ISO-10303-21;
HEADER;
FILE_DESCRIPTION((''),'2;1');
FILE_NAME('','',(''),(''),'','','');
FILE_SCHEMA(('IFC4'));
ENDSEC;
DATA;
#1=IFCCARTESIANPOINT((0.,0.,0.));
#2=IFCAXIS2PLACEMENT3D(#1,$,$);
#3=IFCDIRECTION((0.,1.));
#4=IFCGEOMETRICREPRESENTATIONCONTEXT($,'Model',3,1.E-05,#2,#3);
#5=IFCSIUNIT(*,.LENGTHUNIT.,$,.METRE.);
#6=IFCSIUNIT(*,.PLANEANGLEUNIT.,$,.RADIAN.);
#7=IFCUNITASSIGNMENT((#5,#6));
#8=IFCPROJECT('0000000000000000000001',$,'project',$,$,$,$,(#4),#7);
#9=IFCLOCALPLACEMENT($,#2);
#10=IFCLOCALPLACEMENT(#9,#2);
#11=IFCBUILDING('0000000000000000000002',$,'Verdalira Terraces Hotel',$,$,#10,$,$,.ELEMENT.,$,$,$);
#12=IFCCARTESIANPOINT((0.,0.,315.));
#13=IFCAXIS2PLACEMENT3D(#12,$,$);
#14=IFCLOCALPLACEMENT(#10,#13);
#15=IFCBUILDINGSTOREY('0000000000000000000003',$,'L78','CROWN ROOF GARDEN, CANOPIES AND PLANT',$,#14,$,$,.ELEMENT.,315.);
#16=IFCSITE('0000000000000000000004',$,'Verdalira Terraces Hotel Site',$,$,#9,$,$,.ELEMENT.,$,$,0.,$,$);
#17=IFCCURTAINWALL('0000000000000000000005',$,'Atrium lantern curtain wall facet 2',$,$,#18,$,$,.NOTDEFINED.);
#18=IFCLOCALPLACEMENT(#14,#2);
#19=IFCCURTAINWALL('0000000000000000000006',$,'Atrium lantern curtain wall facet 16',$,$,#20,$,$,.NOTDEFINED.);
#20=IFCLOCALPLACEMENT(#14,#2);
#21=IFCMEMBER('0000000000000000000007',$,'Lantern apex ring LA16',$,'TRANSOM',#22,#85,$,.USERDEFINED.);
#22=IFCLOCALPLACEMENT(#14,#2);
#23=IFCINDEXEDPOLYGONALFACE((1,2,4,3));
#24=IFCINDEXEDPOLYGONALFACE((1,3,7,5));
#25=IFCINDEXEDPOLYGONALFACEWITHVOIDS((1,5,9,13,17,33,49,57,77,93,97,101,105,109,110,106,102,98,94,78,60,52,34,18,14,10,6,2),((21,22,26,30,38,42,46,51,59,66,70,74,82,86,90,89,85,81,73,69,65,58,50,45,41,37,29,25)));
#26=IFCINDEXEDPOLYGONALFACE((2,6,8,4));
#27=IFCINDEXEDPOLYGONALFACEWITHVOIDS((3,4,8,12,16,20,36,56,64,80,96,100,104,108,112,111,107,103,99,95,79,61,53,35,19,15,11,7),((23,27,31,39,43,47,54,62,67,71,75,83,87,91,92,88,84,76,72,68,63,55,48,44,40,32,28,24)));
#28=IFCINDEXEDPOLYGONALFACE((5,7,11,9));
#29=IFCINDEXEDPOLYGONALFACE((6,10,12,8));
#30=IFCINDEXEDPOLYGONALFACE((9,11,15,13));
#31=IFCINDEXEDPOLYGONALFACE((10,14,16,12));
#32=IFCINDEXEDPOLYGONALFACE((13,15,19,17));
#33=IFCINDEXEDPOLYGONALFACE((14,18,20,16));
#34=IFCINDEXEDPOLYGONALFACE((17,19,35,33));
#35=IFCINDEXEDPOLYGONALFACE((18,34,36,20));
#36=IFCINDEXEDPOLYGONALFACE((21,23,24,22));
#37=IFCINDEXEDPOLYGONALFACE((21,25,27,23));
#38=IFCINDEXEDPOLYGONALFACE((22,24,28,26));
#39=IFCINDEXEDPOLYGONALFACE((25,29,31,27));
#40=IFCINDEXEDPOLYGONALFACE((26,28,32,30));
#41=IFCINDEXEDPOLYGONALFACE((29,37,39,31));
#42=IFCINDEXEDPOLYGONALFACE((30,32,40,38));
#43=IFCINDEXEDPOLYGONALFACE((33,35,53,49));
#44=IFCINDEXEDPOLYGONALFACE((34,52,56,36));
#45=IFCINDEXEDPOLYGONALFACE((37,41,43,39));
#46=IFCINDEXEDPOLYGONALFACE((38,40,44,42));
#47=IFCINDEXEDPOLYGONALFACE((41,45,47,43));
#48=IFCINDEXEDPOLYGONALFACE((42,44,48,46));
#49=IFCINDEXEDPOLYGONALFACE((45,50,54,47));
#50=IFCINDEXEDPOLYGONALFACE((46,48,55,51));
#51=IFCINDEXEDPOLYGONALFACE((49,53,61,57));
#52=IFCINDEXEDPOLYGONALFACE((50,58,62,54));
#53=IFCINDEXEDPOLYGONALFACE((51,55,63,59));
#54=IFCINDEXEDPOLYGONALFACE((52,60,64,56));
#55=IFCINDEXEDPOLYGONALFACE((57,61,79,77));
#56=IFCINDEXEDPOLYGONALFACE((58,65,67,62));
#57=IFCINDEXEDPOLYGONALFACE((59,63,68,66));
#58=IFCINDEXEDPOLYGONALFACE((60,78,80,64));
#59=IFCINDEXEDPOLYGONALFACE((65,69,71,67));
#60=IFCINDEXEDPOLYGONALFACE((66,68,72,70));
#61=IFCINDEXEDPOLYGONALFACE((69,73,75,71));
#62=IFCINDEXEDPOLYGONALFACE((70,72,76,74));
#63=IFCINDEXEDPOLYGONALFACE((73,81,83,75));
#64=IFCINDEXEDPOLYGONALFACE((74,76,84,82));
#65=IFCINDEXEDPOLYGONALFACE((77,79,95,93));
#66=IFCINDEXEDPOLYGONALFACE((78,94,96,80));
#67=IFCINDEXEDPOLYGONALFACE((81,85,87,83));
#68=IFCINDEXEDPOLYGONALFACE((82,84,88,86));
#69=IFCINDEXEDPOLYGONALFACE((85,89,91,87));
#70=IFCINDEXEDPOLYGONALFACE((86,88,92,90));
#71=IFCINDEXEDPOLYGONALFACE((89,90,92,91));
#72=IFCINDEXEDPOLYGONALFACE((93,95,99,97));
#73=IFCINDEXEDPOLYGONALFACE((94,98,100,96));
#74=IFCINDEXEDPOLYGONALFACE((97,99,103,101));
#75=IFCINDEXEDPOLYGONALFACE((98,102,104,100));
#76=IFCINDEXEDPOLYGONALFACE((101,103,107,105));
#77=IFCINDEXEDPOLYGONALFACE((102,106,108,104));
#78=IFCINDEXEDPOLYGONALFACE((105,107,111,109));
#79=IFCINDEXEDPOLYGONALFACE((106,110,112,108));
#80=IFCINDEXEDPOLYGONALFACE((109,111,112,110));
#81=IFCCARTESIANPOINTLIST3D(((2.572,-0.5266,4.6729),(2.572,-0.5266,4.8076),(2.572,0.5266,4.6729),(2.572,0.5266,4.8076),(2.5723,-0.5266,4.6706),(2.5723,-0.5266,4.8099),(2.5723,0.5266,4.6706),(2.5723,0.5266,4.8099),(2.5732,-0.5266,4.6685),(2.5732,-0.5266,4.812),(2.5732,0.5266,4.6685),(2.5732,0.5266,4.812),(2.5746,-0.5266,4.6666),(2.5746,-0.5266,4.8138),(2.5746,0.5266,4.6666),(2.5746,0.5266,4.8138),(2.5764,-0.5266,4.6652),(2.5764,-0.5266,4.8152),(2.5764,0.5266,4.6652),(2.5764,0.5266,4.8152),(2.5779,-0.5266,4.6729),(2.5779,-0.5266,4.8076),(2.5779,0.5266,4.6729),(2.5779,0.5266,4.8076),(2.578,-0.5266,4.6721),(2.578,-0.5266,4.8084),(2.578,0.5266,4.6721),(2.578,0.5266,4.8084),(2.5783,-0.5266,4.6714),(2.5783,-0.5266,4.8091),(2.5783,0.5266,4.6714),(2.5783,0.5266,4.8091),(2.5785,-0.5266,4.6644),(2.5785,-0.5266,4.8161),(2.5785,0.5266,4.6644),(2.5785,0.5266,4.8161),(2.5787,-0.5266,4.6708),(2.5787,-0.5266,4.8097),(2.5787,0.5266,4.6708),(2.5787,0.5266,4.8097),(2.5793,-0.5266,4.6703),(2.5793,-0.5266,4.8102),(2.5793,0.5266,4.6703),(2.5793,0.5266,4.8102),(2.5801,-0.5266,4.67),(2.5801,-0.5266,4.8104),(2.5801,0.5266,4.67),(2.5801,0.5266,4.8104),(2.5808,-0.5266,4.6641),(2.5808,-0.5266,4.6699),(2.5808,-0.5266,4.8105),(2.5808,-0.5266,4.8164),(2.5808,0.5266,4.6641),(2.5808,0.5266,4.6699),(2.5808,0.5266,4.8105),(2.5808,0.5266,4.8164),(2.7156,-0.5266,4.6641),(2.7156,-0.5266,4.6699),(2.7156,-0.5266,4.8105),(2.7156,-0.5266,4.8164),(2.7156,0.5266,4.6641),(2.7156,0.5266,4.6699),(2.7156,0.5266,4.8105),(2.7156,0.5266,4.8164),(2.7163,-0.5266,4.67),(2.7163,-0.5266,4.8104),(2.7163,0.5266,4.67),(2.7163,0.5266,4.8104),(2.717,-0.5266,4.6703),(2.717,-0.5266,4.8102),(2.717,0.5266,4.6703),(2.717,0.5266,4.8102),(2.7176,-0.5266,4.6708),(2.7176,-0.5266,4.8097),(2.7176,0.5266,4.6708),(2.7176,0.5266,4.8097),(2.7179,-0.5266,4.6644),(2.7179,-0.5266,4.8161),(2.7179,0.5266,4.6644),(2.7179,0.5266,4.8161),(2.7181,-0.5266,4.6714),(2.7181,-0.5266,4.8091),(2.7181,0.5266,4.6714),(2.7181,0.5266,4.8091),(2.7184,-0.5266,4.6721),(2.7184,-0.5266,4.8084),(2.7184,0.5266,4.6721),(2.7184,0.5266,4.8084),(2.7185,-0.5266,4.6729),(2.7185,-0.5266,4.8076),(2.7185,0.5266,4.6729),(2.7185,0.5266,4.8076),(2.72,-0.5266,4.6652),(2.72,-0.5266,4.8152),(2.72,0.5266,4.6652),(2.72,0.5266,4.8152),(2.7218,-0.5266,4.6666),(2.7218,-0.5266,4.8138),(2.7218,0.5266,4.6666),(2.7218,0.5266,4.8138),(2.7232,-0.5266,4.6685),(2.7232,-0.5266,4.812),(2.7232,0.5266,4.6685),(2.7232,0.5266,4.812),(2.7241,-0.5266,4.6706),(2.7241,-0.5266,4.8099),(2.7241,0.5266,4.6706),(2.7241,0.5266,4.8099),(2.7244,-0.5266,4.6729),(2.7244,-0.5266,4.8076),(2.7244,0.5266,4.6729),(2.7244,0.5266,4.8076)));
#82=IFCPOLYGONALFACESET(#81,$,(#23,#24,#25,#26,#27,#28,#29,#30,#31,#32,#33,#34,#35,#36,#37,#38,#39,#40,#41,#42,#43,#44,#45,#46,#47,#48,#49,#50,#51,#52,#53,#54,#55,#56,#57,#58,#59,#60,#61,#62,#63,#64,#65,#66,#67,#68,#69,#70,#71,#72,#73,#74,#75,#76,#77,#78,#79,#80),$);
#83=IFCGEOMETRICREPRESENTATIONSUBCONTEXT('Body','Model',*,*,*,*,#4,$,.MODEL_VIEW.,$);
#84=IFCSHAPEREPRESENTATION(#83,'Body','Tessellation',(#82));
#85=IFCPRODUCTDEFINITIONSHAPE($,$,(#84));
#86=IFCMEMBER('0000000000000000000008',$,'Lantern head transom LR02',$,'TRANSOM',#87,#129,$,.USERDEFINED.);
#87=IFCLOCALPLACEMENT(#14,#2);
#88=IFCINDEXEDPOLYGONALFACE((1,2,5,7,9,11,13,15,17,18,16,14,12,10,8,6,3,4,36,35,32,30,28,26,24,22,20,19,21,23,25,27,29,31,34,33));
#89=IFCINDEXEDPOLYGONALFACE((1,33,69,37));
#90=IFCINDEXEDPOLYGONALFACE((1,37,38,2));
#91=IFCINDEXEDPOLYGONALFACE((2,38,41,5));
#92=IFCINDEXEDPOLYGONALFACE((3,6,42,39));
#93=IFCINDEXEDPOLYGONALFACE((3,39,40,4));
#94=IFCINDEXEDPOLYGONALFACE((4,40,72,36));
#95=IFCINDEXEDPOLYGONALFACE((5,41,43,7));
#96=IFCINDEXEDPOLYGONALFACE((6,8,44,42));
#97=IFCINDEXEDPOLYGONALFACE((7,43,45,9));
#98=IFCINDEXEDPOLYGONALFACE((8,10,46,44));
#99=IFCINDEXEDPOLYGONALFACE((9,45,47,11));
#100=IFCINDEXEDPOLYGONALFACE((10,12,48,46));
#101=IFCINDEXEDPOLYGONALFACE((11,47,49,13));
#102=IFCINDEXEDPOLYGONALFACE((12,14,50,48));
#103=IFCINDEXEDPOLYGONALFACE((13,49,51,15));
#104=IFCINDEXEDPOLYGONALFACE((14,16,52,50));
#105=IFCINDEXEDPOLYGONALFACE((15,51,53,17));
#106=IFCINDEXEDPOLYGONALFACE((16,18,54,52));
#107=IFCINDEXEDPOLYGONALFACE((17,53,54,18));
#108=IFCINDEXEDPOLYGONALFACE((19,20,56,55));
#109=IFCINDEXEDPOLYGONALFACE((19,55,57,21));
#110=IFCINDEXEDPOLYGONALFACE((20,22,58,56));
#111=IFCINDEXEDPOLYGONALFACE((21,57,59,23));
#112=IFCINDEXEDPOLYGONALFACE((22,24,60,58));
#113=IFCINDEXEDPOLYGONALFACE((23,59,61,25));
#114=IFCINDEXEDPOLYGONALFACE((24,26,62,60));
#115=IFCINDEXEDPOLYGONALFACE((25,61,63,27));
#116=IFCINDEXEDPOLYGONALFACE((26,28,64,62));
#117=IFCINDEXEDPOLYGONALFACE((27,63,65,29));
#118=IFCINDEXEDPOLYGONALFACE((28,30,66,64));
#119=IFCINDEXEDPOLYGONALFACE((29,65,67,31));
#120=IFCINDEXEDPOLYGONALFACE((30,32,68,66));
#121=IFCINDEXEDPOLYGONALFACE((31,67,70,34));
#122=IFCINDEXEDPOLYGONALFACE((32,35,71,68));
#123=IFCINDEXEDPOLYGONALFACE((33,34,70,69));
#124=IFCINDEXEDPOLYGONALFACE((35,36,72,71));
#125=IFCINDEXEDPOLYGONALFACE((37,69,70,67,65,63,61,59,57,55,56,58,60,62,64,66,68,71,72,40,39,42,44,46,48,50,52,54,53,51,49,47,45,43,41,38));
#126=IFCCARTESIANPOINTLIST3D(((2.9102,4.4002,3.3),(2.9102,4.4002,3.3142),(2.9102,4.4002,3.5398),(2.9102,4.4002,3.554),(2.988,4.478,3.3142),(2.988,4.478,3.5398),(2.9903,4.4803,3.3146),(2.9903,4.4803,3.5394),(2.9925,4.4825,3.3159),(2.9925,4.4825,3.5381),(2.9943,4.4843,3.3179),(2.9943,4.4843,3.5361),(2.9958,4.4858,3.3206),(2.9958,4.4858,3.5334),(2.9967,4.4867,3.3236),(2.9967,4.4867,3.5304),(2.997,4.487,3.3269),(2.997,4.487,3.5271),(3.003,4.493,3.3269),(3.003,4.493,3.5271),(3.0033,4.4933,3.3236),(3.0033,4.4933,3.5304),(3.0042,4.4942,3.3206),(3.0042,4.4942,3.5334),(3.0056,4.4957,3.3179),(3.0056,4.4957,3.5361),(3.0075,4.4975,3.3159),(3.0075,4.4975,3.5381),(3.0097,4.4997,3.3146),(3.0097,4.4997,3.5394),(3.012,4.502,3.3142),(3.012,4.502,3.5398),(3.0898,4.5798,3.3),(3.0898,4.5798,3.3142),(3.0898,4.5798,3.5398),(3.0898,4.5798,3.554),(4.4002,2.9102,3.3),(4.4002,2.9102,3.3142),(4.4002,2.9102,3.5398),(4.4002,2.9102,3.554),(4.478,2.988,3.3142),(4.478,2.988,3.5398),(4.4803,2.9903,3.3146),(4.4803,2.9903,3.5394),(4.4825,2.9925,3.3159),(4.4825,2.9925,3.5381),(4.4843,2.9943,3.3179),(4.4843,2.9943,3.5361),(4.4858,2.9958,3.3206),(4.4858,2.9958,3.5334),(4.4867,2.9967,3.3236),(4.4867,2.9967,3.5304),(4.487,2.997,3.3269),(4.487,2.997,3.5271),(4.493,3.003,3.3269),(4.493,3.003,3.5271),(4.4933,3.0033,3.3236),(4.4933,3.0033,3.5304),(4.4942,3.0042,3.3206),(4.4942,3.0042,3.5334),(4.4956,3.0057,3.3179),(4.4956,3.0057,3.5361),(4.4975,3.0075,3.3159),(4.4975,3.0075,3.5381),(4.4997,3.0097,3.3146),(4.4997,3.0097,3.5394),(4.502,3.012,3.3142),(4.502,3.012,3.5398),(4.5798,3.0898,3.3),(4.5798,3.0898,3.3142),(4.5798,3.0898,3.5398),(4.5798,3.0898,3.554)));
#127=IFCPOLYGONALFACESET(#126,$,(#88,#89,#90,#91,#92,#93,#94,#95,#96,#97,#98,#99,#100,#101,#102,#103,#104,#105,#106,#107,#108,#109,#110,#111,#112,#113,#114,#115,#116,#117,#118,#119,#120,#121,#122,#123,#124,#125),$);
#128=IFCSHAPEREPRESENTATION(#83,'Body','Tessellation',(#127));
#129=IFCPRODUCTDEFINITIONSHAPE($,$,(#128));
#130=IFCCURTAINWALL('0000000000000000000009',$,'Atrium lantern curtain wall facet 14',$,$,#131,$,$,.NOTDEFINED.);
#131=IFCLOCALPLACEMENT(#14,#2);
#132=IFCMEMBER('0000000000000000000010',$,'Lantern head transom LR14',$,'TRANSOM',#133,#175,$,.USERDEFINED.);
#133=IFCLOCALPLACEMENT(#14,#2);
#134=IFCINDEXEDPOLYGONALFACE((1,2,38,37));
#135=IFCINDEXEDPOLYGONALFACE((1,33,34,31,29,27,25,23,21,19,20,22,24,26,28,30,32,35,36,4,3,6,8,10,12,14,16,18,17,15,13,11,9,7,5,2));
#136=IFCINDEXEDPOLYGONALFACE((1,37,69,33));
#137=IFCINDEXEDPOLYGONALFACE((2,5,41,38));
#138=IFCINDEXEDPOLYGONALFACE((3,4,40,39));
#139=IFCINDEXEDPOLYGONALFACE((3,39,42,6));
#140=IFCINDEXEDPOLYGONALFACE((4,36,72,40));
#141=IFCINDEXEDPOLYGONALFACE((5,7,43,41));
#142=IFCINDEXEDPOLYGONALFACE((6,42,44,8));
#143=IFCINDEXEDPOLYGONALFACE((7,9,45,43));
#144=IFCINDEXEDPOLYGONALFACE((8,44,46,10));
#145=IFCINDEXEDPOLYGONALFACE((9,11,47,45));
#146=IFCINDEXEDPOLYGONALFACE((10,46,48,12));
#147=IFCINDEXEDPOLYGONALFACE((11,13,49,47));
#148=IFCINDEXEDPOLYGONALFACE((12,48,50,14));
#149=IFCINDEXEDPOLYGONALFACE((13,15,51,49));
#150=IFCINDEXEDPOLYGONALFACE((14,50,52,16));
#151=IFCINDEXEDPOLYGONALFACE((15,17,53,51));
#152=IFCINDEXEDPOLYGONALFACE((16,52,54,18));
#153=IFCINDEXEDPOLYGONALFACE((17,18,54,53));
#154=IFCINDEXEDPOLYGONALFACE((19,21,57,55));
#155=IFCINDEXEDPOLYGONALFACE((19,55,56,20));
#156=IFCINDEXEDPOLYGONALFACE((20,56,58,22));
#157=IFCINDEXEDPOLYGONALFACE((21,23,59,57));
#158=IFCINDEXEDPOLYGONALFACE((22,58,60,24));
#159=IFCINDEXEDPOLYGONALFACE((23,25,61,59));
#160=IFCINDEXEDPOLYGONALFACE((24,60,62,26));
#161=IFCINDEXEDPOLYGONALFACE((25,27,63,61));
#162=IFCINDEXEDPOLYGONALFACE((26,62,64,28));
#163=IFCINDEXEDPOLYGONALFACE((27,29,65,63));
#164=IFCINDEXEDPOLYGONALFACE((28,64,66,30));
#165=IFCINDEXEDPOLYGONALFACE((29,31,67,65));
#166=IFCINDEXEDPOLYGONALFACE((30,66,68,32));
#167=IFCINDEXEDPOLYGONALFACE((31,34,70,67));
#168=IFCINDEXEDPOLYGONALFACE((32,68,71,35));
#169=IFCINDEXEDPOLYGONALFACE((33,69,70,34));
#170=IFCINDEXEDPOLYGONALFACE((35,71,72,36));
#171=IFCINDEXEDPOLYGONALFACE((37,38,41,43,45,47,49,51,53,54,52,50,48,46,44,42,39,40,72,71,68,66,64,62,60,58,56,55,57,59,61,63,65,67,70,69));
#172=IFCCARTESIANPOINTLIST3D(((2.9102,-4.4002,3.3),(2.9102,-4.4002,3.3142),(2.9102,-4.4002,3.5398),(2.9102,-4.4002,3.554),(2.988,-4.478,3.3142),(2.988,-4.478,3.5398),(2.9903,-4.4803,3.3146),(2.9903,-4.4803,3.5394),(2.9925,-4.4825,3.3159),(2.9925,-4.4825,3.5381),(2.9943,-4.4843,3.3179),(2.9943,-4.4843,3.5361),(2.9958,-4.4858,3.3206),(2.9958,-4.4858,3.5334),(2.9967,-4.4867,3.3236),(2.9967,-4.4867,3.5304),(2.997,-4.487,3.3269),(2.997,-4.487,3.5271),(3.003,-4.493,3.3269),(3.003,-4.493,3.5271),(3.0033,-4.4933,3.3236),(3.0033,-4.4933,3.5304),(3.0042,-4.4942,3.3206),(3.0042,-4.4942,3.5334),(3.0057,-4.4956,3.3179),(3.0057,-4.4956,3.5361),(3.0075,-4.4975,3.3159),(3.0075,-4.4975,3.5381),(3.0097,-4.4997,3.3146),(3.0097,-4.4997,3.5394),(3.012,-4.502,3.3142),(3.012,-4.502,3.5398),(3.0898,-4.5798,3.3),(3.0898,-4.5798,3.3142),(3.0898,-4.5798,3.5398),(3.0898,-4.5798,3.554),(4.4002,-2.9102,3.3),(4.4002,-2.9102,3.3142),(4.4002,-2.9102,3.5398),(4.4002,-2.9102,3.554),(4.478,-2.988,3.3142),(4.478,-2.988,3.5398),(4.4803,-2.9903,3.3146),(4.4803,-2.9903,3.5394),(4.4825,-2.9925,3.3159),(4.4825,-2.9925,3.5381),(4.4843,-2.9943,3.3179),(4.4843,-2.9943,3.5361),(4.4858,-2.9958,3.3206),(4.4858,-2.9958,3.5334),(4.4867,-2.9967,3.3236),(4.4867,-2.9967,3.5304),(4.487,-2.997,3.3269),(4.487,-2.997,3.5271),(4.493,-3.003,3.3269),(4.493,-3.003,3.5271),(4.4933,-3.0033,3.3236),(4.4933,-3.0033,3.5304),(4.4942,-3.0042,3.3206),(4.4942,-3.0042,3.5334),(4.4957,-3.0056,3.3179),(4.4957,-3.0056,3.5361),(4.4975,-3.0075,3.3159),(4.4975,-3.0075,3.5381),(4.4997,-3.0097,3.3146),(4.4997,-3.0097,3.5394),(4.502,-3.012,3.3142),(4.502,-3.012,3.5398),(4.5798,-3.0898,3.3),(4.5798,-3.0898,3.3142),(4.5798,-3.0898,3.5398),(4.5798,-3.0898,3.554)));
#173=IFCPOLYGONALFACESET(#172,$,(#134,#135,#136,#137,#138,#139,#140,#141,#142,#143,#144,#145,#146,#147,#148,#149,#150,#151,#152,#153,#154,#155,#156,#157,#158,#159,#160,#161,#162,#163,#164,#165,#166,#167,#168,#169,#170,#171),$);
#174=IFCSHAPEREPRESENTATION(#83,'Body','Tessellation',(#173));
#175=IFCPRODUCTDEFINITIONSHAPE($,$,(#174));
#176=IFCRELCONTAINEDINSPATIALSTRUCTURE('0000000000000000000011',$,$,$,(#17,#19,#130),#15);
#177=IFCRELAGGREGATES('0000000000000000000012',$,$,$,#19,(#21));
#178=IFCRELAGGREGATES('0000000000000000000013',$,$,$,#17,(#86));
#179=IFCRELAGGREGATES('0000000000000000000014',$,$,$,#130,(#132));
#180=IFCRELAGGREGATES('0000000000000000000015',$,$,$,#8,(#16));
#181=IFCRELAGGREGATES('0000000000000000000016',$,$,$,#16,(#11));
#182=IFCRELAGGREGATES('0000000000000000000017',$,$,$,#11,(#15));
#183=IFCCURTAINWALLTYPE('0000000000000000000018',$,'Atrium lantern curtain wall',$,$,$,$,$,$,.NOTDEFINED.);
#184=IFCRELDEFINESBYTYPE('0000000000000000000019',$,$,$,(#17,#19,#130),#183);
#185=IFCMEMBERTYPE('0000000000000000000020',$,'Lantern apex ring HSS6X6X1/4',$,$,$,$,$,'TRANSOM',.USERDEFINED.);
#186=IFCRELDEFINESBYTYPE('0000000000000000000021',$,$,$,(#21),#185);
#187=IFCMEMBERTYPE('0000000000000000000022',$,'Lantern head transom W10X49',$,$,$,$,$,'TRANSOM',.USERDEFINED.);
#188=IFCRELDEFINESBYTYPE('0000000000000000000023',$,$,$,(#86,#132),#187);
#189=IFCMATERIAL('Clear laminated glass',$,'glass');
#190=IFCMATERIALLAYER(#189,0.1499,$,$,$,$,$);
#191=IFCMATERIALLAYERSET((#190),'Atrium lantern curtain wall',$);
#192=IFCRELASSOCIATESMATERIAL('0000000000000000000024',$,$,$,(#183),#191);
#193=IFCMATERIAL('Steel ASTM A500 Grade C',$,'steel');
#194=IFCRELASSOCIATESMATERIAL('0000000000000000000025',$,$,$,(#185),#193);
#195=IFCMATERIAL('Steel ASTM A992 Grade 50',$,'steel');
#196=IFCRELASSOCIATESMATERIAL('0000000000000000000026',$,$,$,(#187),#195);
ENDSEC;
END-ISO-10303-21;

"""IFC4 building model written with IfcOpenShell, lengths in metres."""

from ifc_helpers import new_model, si_unit, direction, frame, origin, origin_2d, place, context, subcontext, project, spatial, hollow_rectangle, i_section, extrude, material, layer, layer_set, material_profile, profile_set, type_object, element, aggregate, save


model = new_model("IFC4")

# Units and contexts
model_context = context("Model", 3, precision=1e-05, world=origin(), true_north=direction((0.0, 1.0)))
body_context = subcontext(model_context, "Body", "Model", "MODEL_VIEW")
ifc_project = project(units=[si_unit("LENGTHUNIT", "METRE"), si_unit("PLANEANGLEUNIT", "RADIAN")], contexts=[model_context])

# Site, building, storey
site_placement = place(None, origin())
site = spatial("IfcSite", under=ifc_project, at=site_placement, Name="Verdalira Terraces Hotel Site", CompositionType="ELEMENT", RefElevation=0.0)
building_placement = place(site_placement, origin())
building = spatial("IfcBuilding", under=site, at=building_placement, Name="Verdalira Terraces Hotel", CompositionType="ELEMENT")
storey_placement = place(building_placement, frame((0.0, 0.0, 315.0)))
storey = spatial("IfcBuildingStorey", under=building, at=storey_placement, Name="L78", Description="CROWN ROOF GARDEN, CANOPIES AND PLANT", CompositionType="ELEMENT", Elevation=315.0)

# Curtain walls, member
ifc_material_1 = material(Name="Clear laminated glass", Category="glass")
ifc_layer_1 = layer(ifc_material_1, 0.1499)
ifc_layer_set_1 = layer_set([ifc_layer_1], Name="Atrium lantern curtain wall")
curtain_wall_type = type_object("IfcCurtainWallType", Name="Atrium lantern curtain wall", PredefinedType="NOTDEFINED", material=ifc_layer_set_1)
ifc_material_2 = material(Name="Steel ASTM A500 Grade C", Category="steel")
ifc_material_profile_1 = material_profile(ifc_material_2, hollow_rectangle(XDim=0.1523, YDim=0.1523, WallThickness=0.0059, InnerFilletRadius=0.0029, OuterFilletRadius=0.0088, at=origin_2d()), Name="HSS6X6X1/4")
ifc_profile_set_1 = profile_set([ifc_material_profile_1], Name="Steel ASTM A500 Grade C")
member_type_1 = type_object("IfcMemberType", Name="Lantern apex ring HSS6X6X1/4", ElementType="TRANSOM", PredefinedType="USERDEFINED", material=ifc_profile_set_1)
curtain_wall_1_placement = place(storey_placement, origin())
curtain_wall_1 = element("IfcCurtainWall", 1, at=curtain_wall_1_placement, inside=storey, type_object=curtain_wall_type, Name="Atrium lantern curtain wall facet 2", PredefinedType="NOTDEFINED")
curtain_wall_2_placement = place(storey_placement, origin())
curtain_wall_2 = element("IfcCurtainWall", 2, at=curtain_wall_2_placement, inside=storey, type_object=curtain_wall_type, Name="Atrium lantern curtain wall facet 16", PredefinedType="NOTDEFINED")
member_1_placement = place(storey_placement, frame((2.6482, -0.5266, 4.7402), z_axis=(0.0, 1.0, 0.0), x_axis=(-1.0, 0.0, 0.0)))
member_1 = element("IfcMember", 3, at=member_1_placement, type_object=member_type_1, Name="Lantern apex ring LA16", ObjectType="TRANSOM", PredefinedType="USERDEFINED", context=body_context, shape_type="SweptSolid", body=[
    extrude(hollow_rectangle(XDim=0.1523, YDim=0.1523, WallThickness=0.0059, InnerFilletRadius=0.0029, OuterFilletRadius=0.0088, at=origin_2d()), origin(), (0.0, 0.0, 1.0), 1.0532),
])
aggregate(curtain_wall_2, [member_1])

# Member
ifc_material_3 = material(Name="Steel ASTM A992 Grade 50", Category="steel")
ifc_material_profile_2 = material_profile(ifc_material_3, i_section(OverallWidth=0.2539, OverallDepth=0.2539, WebThickness=0.0085, FlangeThickness=0.0142, FilletRadius=0.0127, at=origin_2d()), Name="W10X49")
ifc_profile_set_2 = profile_set([ifc_material_profile_2], Name="Steel ASTM A992 Grade 50")
member_type_2 = type_object("IfcMemberType", Name="Lantern head transom W10X49", ElementType="TRANSOM", PredefinedType="USERDEFINED", material=ifc_profile_set_2)
member_2_placement = place(storey_placement, frame((4.49, 3.0, 3.427), z_axis=(-0.707107, 0.707107, 0.0), x_axis=(-0.707107, -0.707107, 0.0)))
member_2 = element("IfcMember", 4, at=member_2_placement, type_object=member_type_2, Name="Lantern head transom LR02", ObjectType="TRANSOM", PredefinedType="USERDEFINED", context=body_context, shape_type="SweptSolid", body=[
    extrude(i_section(OverallWidth=0.2539, OverallDepth=0.2539, WebThickness=0.0085, FlangeThickness=0.0142, FilletRadius=0.0127, at=origin_2d()), origin(), (0.0, 0.0, 1.0), 2.1072),
])

# Curtain wall, member
curtain_wall_3_placement = place(storey_placement, origin())
curtain_wall_3 = element("IfcCurtainWall", 5, at=curtain_wall_3_placement, inside=storey, type_object=curtain_wall_type, Name="Atrium lantern curtain wall facet 14", PredefinedType="NOTDEFINED")
member_3_placement = place(storey_placement, frame((3.0, -4.49, 3.427), z_axis=(0.707107, 0.707107, 0.0), x_axis=(-0.707107, 0.707107, 0.0)))
member_3 = element("IfcMember", 6, at=member_3_placement, type_object=member_type_2, Name="Lantern head transom LR14", ObjectType="TRANSOM", PredefinedType="USERDEFINED", context=body_context, shape_type="SweptSolid", body=[
    extrude(i_section(OverallWidth=0.2539, OverallDepth=0.2539, WebThickness=0.0085, FlangeThickness=0.0142, FilletRadius=0.0127, at=origin_2d()), origin(), (0.0, 0.0, 1.0), 2.1072),
])

aggregate(curtain_wall_1, [member_2])

aggregate(curtain_wall_3, [member_3])

save(model, "model.ifc")
